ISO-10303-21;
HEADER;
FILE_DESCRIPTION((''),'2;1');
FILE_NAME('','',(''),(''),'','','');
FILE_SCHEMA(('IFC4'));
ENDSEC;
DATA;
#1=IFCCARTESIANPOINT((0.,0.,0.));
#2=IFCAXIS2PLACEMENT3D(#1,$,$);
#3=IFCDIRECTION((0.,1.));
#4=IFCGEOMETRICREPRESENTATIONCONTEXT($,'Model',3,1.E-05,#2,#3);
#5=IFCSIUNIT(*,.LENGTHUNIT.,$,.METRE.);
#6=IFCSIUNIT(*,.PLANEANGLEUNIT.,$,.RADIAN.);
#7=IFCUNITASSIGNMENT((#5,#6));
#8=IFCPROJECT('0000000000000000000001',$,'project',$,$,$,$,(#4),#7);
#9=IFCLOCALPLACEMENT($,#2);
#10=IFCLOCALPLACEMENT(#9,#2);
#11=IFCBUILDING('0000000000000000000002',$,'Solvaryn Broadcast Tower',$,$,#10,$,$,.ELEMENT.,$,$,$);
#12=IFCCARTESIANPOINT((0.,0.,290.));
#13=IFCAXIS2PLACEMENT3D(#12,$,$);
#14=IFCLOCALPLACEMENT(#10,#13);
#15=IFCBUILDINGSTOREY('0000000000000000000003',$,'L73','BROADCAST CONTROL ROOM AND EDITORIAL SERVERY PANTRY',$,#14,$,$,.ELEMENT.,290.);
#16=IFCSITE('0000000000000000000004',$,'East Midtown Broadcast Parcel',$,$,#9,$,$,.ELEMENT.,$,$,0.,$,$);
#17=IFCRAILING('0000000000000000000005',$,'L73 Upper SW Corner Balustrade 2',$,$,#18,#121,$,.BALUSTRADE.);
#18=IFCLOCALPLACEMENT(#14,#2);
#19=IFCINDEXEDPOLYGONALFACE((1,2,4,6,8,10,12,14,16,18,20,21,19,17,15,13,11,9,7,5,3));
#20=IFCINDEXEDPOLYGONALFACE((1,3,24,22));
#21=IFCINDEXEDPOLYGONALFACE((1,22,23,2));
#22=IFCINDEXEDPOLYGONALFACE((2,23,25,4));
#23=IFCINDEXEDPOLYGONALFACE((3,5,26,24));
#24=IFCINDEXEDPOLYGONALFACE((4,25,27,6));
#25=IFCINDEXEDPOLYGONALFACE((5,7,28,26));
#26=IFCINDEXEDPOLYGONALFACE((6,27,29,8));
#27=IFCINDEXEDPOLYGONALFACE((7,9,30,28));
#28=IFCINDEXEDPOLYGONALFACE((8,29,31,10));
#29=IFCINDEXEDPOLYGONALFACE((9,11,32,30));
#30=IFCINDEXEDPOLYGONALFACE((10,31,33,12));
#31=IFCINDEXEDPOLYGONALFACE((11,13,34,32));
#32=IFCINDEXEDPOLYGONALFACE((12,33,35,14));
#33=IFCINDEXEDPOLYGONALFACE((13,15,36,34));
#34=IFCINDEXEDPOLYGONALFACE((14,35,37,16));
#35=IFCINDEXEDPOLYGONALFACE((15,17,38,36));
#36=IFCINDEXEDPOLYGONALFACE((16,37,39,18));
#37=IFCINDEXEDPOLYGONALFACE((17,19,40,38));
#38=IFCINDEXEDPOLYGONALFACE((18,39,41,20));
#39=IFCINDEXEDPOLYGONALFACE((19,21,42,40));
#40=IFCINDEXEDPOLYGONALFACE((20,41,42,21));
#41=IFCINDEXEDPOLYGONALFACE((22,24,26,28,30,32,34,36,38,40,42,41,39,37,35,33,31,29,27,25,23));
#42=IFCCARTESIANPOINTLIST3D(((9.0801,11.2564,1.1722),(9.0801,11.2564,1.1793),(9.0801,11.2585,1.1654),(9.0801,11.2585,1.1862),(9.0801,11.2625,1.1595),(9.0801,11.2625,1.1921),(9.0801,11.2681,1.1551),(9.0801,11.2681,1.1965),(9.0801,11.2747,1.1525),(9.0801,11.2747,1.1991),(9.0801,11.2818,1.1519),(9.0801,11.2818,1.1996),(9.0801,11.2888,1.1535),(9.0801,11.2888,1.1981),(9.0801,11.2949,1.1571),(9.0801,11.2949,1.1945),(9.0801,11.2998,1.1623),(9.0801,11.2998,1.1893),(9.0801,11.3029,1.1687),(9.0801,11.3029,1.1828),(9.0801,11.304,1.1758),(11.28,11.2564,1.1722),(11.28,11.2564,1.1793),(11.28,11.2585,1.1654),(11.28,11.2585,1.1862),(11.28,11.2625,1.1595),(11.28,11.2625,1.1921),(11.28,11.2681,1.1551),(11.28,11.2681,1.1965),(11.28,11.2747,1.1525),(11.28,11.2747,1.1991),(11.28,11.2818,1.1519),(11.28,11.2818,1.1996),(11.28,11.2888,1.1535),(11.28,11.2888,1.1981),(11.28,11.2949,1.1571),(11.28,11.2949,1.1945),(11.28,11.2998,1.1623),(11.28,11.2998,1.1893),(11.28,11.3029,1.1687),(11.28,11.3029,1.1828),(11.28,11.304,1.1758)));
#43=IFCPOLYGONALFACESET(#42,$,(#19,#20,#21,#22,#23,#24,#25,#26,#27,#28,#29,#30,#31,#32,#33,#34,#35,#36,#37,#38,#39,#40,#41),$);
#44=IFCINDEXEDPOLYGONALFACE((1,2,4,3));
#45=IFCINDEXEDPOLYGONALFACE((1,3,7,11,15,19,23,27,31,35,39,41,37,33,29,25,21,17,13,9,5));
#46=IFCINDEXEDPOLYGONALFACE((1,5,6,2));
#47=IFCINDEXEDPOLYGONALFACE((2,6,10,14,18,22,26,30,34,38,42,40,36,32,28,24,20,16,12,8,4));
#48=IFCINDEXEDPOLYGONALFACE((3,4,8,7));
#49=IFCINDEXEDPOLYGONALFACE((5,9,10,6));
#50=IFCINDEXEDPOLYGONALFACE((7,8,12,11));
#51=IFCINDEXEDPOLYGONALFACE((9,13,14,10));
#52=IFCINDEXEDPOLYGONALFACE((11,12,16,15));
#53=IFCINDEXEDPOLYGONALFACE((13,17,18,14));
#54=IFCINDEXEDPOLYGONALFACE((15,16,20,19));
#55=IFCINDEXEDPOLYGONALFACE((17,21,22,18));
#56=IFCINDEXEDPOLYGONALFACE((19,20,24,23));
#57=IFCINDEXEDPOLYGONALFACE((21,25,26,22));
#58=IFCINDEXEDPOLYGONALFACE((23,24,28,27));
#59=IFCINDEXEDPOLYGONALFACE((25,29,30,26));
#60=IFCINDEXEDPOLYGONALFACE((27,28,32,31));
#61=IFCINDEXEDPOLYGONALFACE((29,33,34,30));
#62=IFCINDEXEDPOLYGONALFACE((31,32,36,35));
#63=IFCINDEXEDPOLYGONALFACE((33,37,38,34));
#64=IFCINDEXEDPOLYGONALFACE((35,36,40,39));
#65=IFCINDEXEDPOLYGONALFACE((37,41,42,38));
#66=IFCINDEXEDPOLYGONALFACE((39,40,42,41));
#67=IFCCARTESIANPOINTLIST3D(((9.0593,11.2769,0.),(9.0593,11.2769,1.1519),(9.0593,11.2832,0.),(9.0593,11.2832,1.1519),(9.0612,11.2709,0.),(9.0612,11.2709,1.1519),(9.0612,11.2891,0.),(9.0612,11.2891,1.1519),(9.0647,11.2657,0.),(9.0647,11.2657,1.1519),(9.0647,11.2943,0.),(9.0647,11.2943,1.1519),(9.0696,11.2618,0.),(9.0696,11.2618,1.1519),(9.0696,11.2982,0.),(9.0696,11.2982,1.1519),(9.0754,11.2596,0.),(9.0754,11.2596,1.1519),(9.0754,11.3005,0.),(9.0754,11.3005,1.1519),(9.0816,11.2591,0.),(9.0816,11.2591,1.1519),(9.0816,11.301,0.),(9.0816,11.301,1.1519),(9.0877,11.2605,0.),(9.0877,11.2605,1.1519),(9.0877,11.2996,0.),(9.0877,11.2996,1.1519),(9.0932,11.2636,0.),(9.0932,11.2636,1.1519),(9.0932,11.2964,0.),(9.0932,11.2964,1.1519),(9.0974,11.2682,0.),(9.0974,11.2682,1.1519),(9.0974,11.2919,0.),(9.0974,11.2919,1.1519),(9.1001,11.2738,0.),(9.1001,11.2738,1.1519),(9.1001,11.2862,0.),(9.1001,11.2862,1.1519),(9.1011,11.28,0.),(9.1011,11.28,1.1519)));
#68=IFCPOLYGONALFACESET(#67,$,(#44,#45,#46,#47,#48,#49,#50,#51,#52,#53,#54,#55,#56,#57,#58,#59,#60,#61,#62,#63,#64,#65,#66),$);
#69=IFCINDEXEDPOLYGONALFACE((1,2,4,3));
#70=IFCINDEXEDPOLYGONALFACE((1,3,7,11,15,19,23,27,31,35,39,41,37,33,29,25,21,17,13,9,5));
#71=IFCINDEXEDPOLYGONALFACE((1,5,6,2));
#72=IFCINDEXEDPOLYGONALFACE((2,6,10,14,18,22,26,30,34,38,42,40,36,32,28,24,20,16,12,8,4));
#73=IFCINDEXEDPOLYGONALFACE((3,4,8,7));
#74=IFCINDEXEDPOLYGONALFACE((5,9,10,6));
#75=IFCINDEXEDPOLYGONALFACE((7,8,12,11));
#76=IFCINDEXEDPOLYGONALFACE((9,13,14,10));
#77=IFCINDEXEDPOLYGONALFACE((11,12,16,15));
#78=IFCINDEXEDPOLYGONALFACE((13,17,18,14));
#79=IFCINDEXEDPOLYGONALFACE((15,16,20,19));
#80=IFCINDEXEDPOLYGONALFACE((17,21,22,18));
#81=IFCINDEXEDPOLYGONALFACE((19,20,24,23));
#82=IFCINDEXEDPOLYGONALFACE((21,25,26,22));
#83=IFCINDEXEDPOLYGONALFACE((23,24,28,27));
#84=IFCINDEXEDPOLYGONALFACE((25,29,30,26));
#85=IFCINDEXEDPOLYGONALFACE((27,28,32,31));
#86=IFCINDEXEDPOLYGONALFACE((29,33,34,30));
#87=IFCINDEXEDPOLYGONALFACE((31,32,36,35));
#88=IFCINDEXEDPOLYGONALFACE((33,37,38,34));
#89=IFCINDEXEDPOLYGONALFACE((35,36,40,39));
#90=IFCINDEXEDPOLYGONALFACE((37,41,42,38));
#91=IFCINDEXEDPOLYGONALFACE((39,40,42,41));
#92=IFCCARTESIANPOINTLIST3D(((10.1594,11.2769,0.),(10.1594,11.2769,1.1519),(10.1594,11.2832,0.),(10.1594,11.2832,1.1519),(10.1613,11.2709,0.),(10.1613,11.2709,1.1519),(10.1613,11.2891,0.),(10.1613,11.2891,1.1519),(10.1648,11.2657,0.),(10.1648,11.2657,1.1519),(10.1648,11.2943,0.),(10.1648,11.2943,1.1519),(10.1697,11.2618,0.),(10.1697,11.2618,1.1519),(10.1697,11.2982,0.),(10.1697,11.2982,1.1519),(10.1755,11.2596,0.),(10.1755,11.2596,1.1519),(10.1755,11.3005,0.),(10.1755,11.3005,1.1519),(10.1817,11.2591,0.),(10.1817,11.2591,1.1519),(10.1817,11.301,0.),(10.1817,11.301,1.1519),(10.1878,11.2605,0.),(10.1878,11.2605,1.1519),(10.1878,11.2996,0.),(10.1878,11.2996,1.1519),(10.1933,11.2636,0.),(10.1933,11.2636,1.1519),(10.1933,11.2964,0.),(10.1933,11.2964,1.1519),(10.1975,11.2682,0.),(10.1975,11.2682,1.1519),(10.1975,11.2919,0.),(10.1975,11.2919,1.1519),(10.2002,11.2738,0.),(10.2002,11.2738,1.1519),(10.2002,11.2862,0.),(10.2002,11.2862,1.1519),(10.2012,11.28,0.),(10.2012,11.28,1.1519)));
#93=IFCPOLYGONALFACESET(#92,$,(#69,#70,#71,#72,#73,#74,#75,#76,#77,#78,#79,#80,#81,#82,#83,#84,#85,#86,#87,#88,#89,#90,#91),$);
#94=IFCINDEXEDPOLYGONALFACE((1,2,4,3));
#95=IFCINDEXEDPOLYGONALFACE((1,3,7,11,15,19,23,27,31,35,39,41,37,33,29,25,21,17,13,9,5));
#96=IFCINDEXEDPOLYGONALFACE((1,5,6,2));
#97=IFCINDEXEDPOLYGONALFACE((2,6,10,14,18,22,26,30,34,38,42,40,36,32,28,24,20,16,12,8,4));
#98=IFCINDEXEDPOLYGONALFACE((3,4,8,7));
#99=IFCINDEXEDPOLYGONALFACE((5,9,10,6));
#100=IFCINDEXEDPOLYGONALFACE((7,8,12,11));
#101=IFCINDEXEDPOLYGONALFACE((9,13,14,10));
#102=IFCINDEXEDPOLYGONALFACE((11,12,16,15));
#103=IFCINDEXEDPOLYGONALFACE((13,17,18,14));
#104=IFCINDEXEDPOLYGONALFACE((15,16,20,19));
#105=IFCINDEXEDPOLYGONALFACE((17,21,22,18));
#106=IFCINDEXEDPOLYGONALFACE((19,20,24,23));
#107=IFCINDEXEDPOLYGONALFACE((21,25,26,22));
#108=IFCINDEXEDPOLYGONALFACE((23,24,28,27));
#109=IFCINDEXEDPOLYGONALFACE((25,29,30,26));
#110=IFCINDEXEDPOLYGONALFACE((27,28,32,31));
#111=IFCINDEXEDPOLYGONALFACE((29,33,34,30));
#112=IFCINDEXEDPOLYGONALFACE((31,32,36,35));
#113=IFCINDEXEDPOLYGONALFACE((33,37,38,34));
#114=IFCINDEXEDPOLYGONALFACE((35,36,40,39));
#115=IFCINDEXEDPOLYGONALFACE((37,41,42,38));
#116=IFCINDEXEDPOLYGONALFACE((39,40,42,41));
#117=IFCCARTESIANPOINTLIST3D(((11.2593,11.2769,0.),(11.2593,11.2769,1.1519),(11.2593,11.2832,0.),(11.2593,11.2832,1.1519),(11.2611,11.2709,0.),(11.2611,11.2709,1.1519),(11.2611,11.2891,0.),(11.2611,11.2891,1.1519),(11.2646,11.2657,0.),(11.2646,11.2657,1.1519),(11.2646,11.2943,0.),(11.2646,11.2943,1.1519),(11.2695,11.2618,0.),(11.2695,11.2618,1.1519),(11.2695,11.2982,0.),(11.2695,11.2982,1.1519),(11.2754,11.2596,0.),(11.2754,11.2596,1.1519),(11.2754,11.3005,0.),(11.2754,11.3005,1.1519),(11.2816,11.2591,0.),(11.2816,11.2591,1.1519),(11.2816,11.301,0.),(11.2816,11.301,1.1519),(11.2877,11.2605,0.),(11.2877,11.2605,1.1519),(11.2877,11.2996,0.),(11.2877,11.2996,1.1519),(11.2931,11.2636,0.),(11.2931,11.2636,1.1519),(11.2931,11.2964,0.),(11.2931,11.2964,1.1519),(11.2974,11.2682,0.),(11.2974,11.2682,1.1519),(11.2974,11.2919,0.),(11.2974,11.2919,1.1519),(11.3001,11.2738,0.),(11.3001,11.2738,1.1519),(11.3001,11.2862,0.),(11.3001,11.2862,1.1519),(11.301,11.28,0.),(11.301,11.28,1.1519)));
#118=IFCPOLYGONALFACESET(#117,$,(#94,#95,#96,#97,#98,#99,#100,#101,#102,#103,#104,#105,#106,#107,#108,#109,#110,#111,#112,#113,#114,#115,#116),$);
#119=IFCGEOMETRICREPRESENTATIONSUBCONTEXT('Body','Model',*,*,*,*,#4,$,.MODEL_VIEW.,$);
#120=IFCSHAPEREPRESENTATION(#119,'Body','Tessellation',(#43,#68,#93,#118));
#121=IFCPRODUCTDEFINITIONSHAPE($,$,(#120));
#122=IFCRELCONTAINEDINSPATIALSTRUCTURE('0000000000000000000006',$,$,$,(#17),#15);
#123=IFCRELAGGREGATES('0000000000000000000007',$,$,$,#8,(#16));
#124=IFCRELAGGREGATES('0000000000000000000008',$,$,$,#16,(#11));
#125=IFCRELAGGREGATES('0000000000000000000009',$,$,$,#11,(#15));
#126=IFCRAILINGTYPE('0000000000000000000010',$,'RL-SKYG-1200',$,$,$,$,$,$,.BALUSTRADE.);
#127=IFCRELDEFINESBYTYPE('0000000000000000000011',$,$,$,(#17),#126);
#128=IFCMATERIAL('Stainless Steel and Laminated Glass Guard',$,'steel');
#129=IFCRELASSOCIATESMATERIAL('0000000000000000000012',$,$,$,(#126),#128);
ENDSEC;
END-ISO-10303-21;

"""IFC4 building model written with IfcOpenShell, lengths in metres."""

from ifc_helpers import new_model, si_unit, direction, frame, origin, origin_2d, place, context, subcontext, project, spatial, circle, extrude, material, type_object, element, save


model = new_model("IFC4")

# Units and contexts
model_context = context("Model", 3, precision=1e-05, world=origin(), true_north=direction((0.0, 1.0)))
body_context = subcontext(model_context, "Body", "Model", "MODEL_VIEW")
ifc_project = project(units=[si_unit("LENGTHUNIT", "METRE"), si_unit("PLANEANGLEUNIT", "RADIAN")], contexts=[model_context])

# Site, building, storey
site_placement = place(None, origin())
site = spatial("IfcSite", under=ifc_project, at=site_placement, Name="East Midtown Broadcast Parcel", CompositionType="ELEMENT", RefElevation=0.0)
building_placement = place(site_placement, origin())
building = spatial("IfcBuilding", under=site, at=building_placement, Name="Solvaryn Broadcast Tower", CompositionType="ELEMENT")
storey_placement = place(building_placement, frame((0.0, 0.0, 290.0)))
storey = spatial("IfcBuildingStorey", under=building, at=storey_placement, Name="L73", Description="BROADCAST CONTROL ROOM AND EDITORIAL SERVERY PANTRY", CompositionType="ELEMENT", Elevation=290.0)

# Railing
ifc_material_1 = material(Name="Stainless Steel and Laminated Glass Guard", Category="steel")
railing_type = type_object("IfcRailingType", Name="RL-SKYG-1200", PredefinedType="BALUSTRADE", material=ifc_material_1)
railing_1_placement = place(storey_placement, frame((9.0801, 11.28, 0.0)))
element("IfcRailing", 1, at=railing_1_placement, inside=storey, type_object=railing_type, Name="L73 Upper SW Corner Balustrade 2", PredefinedType="BALUSTRADE", context=body_context, shape_type="SweptSolid", body=[
    extrude(circle(Radius=0.0239, at=origin_2d()), frame((0.0, 0.0, 1.1758), z_axis=(1.0, 0.0, 0.0), x_axis=(0.0, 1.0, 0.0)), (0.0, 0.0, 1.0), 2.2),
    extrude(circle(Radius=0.021, at=origin_2d()), origin(), (0.0, 0.0, 1.0), 1.1519),
    extrude(circle(Radius=0.021, at=origin_2d()), frame((1.1001, 0.0, 0.0)), (0.0, 0.0, 1.0), 1.1519),
    extrude(circle(Radius=0.021, at=origin_2d()), frame((2.2, 0.0, 0.0)), (0.0, 0.0, 1.0), 1.1519),
])

save(model, "model.ifc")
